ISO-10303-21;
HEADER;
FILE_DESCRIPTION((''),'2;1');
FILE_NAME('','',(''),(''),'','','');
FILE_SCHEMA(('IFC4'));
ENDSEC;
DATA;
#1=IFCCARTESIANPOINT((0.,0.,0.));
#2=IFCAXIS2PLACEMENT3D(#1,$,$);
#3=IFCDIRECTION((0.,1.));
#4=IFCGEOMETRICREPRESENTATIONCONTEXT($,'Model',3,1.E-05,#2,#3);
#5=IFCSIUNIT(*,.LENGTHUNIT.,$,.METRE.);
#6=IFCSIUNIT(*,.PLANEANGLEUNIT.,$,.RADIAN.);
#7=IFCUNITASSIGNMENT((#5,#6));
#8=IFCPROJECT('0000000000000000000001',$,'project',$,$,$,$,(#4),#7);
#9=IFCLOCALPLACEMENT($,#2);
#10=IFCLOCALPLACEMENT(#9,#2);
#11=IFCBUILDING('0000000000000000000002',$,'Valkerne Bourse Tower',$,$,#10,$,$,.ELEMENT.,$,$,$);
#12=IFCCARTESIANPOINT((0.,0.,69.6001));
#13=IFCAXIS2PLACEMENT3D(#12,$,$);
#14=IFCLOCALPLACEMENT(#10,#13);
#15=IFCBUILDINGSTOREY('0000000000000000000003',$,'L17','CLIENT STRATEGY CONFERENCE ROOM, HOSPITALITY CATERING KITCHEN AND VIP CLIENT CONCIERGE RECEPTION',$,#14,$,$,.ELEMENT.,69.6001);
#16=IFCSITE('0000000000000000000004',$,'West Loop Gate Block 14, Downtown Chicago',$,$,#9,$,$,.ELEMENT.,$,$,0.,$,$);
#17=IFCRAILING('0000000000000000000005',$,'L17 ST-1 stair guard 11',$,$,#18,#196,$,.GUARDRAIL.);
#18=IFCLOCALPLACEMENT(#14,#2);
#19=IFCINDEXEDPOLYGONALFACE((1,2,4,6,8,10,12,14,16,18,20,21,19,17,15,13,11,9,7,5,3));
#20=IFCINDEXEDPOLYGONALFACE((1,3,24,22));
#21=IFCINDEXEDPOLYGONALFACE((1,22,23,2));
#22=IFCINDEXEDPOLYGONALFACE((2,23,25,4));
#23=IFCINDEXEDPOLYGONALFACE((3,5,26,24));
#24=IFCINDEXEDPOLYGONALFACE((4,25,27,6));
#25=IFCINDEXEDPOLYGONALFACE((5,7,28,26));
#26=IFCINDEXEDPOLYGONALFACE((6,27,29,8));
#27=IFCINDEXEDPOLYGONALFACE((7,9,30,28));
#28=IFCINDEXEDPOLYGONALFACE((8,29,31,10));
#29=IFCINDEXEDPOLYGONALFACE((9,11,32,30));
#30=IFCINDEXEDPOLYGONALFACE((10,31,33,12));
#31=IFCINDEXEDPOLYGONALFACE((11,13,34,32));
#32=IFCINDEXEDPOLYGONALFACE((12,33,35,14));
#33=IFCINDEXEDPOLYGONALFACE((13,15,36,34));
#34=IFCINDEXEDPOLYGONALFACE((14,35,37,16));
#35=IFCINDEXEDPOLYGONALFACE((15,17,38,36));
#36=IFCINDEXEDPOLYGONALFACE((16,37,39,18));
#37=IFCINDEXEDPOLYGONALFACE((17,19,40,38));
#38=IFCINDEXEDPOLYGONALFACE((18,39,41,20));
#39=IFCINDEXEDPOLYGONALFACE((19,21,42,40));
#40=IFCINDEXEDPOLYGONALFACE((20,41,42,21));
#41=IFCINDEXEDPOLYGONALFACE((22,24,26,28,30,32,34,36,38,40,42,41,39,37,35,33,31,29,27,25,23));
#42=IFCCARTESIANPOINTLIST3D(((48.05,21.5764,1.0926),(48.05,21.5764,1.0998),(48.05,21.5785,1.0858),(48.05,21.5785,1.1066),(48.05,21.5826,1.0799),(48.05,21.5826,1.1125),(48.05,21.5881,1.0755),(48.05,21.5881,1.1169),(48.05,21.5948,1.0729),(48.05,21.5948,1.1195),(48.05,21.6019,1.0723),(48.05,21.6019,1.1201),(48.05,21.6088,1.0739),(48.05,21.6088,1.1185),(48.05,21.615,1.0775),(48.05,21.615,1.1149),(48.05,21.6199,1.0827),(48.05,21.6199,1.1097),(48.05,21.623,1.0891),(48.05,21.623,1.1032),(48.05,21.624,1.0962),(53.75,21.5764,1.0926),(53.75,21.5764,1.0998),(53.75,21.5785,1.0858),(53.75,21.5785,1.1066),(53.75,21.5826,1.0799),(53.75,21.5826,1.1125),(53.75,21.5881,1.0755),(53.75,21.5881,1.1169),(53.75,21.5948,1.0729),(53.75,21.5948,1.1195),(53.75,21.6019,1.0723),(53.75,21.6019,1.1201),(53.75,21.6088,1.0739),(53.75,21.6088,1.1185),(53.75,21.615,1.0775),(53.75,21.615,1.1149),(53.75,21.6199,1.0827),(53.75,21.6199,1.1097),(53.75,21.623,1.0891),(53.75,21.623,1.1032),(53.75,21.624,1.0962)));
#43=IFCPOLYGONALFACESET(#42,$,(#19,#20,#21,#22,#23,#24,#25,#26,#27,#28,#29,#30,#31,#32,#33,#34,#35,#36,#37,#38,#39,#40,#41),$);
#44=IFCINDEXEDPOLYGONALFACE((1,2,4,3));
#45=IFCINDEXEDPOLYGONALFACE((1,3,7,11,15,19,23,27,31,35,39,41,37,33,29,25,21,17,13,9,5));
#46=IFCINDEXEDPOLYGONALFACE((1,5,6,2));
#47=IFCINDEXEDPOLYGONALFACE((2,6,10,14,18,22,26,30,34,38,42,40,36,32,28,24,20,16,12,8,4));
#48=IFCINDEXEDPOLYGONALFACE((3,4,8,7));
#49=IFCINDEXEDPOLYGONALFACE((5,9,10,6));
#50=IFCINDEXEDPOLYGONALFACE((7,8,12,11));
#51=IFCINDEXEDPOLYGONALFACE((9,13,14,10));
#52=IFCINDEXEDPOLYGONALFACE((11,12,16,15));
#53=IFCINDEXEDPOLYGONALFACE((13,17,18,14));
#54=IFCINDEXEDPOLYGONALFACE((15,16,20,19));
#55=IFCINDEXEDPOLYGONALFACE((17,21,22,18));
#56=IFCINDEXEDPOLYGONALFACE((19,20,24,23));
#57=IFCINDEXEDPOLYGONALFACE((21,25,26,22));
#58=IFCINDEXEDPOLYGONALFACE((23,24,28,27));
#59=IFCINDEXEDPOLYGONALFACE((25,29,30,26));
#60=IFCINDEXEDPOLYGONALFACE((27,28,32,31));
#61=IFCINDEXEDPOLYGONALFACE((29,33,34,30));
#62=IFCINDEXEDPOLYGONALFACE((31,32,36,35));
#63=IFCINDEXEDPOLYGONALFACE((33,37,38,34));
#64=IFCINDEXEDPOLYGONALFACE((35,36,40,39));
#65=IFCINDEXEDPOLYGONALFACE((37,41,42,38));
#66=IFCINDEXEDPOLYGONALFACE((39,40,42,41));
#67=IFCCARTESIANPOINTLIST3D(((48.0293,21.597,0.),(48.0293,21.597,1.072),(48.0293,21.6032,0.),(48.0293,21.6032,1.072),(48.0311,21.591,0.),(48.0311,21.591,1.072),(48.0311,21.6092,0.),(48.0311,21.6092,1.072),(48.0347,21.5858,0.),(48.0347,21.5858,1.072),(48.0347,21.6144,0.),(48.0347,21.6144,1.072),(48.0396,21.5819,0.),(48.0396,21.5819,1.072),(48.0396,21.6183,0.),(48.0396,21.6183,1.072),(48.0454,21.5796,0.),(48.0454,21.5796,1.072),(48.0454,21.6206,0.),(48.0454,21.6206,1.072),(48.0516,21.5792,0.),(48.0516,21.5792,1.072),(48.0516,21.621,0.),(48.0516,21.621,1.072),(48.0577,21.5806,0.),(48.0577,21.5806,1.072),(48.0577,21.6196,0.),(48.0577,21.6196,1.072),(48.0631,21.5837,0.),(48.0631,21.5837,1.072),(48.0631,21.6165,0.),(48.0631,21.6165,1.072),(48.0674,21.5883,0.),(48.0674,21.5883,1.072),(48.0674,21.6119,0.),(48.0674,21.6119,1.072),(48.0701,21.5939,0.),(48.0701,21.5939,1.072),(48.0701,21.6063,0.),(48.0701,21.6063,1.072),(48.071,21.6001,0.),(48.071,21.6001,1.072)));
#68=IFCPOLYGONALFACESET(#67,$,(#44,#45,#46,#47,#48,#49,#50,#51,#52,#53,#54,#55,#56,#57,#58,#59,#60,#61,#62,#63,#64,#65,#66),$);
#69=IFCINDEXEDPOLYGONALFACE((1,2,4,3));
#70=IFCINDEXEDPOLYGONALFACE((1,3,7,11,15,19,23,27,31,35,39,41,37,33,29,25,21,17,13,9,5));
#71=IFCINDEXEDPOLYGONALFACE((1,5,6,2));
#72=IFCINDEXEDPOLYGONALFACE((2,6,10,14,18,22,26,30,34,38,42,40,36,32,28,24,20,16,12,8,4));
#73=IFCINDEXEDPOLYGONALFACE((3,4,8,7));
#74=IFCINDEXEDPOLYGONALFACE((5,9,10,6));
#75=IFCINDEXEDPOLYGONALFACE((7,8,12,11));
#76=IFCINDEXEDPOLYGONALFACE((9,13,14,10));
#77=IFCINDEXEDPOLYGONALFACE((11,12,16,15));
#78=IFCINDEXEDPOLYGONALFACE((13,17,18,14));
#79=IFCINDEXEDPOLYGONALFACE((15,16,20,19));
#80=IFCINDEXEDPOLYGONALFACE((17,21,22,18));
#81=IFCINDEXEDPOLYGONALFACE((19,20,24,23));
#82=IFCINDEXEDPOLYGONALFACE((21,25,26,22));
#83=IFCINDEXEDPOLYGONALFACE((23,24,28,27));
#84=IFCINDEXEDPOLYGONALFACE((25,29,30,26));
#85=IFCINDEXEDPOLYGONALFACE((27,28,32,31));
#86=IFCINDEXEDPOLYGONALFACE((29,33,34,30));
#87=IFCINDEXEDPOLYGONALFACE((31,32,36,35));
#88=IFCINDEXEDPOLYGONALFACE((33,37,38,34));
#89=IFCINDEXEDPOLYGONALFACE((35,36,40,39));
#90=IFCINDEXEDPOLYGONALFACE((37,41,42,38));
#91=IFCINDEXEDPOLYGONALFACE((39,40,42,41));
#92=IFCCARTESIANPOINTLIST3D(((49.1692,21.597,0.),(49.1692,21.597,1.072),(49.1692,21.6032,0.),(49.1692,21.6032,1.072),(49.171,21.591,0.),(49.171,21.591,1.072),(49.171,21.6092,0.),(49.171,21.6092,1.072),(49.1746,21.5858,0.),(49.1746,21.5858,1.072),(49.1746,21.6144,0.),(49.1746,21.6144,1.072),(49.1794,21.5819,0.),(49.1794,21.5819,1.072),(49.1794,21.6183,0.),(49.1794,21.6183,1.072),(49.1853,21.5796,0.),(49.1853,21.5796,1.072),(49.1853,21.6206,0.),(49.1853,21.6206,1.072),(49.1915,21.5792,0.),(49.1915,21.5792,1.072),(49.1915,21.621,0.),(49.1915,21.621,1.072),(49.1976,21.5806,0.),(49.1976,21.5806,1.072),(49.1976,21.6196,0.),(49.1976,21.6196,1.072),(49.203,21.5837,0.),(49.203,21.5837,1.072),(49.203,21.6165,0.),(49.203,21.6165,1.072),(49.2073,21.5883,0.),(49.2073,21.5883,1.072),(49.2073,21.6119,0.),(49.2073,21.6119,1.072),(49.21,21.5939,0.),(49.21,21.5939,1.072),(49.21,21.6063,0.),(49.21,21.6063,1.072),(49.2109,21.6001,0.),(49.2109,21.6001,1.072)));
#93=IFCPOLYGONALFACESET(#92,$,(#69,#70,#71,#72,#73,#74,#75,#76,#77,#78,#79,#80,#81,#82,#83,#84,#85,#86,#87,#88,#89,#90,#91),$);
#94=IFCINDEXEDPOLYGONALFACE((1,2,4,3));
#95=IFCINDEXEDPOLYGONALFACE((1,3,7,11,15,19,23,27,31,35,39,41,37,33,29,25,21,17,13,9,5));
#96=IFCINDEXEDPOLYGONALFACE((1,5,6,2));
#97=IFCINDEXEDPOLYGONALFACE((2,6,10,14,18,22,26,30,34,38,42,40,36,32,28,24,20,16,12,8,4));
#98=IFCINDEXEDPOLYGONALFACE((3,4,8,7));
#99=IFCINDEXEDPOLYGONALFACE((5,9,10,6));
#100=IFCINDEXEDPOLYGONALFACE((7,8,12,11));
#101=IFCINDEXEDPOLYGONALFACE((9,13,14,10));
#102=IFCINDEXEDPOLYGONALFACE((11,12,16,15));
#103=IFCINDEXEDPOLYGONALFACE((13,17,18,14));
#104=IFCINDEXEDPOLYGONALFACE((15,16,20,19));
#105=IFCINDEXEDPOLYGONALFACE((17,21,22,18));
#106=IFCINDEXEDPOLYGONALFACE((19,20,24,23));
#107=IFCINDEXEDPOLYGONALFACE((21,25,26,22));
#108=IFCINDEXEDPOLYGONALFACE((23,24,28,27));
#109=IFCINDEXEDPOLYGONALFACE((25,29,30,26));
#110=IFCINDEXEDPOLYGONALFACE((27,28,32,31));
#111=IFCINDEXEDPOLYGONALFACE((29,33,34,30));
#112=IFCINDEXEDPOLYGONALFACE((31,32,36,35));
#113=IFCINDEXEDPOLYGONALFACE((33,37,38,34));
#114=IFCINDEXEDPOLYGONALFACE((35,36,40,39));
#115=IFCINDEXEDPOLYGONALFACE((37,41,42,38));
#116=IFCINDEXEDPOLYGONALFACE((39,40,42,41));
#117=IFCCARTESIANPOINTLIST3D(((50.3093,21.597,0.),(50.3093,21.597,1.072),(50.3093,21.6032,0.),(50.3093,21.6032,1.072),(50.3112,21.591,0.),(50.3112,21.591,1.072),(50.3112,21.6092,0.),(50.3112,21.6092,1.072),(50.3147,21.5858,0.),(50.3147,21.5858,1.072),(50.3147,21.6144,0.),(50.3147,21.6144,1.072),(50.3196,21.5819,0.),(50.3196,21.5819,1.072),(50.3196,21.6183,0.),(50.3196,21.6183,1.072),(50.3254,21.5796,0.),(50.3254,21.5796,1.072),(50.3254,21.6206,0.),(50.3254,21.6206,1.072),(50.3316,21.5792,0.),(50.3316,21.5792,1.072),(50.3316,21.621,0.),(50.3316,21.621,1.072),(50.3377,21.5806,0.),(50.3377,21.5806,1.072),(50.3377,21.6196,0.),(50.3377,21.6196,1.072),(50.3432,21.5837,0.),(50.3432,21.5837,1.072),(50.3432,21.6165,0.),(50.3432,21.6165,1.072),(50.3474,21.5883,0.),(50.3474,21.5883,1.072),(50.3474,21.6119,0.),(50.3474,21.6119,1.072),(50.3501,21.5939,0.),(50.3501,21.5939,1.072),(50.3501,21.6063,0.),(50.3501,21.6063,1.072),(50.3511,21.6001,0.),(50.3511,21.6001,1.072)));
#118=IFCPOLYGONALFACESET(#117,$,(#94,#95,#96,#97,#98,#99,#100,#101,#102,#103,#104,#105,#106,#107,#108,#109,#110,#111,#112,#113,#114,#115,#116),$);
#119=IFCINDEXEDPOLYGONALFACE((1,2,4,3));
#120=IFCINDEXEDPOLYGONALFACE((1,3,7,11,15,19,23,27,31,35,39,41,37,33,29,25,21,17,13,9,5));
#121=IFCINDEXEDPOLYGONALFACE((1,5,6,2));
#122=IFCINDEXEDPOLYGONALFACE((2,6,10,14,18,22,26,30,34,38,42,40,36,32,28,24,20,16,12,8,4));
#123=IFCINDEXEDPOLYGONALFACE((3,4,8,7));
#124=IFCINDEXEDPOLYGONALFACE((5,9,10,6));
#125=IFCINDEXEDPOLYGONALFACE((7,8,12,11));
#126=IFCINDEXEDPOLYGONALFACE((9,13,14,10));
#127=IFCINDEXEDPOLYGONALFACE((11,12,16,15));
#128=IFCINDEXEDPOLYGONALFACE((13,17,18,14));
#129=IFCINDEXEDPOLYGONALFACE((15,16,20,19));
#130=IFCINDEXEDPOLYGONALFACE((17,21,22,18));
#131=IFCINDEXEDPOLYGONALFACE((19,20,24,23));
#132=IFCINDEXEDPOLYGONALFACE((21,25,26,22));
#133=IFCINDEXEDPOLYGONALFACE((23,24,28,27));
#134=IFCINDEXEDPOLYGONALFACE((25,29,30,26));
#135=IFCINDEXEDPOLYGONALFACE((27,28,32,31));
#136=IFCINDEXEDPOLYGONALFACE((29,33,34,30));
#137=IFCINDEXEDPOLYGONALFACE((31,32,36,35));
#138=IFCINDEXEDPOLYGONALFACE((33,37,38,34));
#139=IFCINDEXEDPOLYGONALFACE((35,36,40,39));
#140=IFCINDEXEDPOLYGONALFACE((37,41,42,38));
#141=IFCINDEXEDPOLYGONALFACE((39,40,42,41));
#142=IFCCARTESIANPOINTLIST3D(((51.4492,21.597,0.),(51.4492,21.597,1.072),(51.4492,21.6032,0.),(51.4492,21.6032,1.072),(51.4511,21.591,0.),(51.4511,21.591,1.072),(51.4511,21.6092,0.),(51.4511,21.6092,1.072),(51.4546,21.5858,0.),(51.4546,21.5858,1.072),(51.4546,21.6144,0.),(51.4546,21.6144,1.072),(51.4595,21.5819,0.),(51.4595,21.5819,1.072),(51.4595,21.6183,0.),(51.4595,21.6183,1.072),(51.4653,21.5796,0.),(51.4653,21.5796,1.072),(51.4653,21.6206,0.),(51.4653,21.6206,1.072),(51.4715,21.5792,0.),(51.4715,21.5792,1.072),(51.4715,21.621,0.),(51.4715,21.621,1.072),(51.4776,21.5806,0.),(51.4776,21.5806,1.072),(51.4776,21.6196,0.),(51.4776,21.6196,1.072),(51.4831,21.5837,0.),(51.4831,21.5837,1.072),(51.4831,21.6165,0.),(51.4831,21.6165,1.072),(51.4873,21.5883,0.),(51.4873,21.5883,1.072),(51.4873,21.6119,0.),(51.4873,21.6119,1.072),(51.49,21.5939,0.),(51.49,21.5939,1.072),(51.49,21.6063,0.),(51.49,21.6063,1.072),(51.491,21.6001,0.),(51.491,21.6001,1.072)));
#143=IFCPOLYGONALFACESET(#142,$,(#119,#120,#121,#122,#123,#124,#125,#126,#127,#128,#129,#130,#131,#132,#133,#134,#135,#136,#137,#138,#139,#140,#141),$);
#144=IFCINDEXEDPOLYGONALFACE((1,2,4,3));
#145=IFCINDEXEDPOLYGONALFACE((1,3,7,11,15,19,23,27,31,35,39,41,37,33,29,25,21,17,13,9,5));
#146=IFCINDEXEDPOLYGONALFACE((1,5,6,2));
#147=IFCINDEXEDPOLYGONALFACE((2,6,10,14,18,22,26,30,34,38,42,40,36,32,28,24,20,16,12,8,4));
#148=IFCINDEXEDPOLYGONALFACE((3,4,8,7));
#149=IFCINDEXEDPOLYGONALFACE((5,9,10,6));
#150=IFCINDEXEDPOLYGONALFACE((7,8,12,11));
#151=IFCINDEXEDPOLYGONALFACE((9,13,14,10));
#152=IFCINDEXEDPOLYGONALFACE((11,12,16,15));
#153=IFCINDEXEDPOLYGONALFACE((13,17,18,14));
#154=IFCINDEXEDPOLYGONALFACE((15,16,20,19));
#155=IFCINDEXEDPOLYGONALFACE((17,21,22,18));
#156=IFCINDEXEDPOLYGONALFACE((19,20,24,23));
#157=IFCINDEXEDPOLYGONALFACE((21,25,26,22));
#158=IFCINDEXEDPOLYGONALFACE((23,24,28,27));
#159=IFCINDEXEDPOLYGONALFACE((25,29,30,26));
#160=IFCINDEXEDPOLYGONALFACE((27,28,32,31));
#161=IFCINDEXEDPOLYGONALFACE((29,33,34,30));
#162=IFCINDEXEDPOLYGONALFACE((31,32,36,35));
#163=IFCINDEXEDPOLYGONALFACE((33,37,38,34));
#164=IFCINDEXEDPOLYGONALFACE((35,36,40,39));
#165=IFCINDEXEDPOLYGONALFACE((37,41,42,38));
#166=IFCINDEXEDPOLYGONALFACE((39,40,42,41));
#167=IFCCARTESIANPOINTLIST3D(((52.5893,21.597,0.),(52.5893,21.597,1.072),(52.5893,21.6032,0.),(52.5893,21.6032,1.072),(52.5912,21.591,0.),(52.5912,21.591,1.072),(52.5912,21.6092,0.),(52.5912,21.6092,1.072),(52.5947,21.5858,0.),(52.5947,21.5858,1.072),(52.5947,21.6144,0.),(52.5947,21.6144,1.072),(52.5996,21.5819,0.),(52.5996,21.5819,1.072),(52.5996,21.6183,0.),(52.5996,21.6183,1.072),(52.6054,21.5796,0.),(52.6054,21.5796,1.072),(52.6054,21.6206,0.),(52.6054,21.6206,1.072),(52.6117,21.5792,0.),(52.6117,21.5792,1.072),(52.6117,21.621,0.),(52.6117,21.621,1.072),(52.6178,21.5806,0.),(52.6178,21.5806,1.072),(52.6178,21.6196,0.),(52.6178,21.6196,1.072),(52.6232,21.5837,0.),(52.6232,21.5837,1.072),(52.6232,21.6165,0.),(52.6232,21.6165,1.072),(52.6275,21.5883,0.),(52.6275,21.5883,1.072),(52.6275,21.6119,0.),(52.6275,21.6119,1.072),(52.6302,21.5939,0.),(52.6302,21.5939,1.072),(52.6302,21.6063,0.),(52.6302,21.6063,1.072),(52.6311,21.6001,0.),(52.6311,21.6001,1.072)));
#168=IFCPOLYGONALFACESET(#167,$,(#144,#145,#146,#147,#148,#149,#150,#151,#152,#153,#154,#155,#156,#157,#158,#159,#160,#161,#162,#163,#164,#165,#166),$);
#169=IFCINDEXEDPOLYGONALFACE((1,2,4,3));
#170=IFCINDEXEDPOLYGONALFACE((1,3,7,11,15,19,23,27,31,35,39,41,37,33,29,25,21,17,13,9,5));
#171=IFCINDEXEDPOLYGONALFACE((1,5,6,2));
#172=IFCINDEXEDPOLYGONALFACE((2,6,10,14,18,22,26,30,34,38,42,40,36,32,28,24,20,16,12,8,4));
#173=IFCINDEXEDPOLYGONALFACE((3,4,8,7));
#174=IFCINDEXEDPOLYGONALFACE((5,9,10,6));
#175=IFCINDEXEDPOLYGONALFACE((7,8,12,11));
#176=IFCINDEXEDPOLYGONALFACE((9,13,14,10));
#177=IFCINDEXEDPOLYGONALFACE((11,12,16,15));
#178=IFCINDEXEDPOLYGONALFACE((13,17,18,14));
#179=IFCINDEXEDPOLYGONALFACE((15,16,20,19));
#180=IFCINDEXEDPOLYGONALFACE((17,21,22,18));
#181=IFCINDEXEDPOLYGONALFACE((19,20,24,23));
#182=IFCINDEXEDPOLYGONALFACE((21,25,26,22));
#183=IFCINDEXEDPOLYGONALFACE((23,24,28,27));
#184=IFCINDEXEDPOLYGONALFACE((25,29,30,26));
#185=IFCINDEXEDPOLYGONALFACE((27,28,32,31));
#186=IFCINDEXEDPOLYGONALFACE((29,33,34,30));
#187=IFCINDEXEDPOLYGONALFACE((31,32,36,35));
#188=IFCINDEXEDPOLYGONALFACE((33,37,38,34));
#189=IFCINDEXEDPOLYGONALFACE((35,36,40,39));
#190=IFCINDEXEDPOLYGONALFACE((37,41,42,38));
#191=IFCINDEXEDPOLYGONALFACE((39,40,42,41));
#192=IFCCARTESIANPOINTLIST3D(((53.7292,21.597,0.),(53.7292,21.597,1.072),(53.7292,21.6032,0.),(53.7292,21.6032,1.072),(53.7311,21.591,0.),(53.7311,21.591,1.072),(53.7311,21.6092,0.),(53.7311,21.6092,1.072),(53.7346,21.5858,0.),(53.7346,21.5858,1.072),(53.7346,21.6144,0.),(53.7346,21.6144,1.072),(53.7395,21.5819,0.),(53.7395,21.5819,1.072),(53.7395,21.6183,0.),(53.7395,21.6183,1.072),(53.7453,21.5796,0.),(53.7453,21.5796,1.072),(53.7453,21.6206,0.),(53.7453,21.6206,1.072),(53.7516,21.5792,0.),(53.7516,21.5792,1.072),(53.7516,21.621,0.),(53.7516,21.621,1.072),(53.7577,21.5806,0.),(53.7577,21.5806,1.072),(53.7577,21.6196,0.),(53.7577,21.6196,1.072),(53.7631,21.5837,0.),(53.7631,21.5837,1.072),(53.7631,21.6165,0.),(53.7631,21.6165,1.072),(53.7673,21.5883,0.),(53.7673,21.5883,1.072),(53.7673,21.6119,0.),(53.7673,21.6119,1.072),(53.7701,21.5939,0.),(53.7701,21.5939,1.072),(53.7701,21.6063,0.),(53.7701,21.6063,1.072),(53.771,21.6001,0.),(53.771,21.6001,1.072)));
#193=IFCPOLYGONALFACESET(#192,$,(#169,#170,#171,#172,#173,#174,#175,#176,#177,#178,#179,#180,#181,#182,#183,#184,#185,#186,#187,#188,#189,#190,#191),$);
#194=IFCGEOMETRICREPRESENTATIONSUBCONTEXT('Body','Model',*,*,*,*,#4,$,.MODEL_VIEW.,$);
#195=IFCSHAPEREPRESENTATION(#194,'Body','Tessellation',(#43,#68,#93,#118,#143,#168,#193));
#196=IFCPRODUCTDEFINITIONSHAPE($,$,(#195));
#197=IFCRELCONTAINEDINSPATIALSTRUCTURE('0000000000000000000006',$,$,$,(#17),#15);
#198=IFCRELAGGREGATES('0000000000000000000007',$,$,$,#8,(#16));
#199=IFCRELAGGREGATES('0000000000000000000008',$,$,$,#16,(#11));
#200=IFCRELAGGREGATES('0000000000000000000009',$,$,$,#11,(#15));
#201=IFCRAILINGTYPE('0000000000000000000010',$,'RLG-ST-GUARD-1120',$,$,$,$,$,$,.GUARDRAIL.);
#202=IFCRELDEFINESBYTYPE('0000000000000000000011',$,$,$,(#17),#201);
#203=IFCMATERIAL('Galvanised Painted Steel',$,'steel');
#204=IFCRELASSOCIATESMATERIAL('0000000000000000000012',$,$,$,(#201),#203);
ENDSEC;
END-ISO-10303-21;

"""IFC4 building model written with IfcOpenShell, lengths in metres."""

from ifc_helpers import new_model, si_unit, direction, frame, origin, origin_2d, place, context, subcontext, project, spatial, circle, extrude, material, type_object, element, save


model = new_model("IFC4")

# Units and contexts
model_context = context("Model", 3, precision=1e-05, world=origin(), true_north=direction((0.0, 1.0)))
body_context = subcontext(model_context, "Body", "Model", "MODEL_VIEW")
ifc_project = project(units=[si_unit("LENGTHUNIT", "METRE"), si_unit("PLANEANGLEUNIT", "RADIAN")], contexts=[model_context])

# Site, building, storey
site_placement = place(None, origin())
site = spatial("IfcSite", under=ifc_project, at=site_placement, Name="West Loop Gate Block 14, Downtown Chicago", CompositionType="ELEMENT", RefElevation=0.0)
building_placement = place(site_placement, origin())
building = spatial("IfcBuilding", under=site, at=building_placement, Name="Valkerne Bourse Tower", CompositionType="ELEMENT")
storey_placement = place(building_placement, frame((0.0, 0.0, 69.6001)))
storey = spatial("IfcBuildingStorey", under=building, at=storey_placement, Name="L17", Description="CLIENT STRATEGY CONFERENCE ROOM, HOSPITALITY CATERING KITCHEN AND VIP CLIENT CONCIERGE RECEPTION", CompositionType="ELEMENT", Elevation=69.6001)

# Shared definitions
ifc_material_1 = material(Name="Galvanised Painted Steel", Category="steel")

# Railing
railing_type_1 = type_object("IfcRailingType", Name="RLG-ST-GUARD-1120", PredefinedType="GUARDRAIL", material=ifc_material_1)
for number, where, name in (
    (1, (48.05, 21.6001, 0.0), "L17 ST-1 stair guard 11"),
):
    element("IfcRailing", number, at=place(storey_placement, frame(where)), inside=storey, type_object=railing_type_1, Name=name, PredefinedType="GUARDRAIL", context=body_context, shape_type="SweptSolid", body=[
        extrude(circle(Radius=0.0239, at=origin_2d()), frame((0.0, 0.0, 1.0962), z_axis=(1.0, 0.0, 0.0), x_axis=(0.0, 1.0, 0.0)), (0.0, 0.0, 1.0), 5.7),
        extrude(circle(Radius=0.021, at=origin_2d()), origin(), (0.0, 0.0, 1.0), 1.072),
        extrude(circle(Radius=0.021, at=origin_2d()), frame((1.1399, 0.0, 0.0)), (0.0, 0.0, 1.0), 1.072),
        extrude(circle(Radius=0.021, at=origin_2d()), frame((2.28, 0.0, 0.0)), (0.0, 0.0, 1.0), 1.072),
        extrude(circle(Radius=0.021, at=origin_2d()), frame((3.4199, 0.0, 0.0)), (0.0, 0.0, 1.0), 1.072),
        extrude(circle(Radius=0.021, at=origin_2d()), frame((4.5601, 0.0, 0.0)), (0.0, 0.0, 1.0), 1.072),
        extrude(circle(Radius=0.021, at=origin_2d()), frame((5.7, 0.0, 0.0)), (0.0, 0.0, 1.0), 1.072),
    ])

save(model, "model.ifc")
